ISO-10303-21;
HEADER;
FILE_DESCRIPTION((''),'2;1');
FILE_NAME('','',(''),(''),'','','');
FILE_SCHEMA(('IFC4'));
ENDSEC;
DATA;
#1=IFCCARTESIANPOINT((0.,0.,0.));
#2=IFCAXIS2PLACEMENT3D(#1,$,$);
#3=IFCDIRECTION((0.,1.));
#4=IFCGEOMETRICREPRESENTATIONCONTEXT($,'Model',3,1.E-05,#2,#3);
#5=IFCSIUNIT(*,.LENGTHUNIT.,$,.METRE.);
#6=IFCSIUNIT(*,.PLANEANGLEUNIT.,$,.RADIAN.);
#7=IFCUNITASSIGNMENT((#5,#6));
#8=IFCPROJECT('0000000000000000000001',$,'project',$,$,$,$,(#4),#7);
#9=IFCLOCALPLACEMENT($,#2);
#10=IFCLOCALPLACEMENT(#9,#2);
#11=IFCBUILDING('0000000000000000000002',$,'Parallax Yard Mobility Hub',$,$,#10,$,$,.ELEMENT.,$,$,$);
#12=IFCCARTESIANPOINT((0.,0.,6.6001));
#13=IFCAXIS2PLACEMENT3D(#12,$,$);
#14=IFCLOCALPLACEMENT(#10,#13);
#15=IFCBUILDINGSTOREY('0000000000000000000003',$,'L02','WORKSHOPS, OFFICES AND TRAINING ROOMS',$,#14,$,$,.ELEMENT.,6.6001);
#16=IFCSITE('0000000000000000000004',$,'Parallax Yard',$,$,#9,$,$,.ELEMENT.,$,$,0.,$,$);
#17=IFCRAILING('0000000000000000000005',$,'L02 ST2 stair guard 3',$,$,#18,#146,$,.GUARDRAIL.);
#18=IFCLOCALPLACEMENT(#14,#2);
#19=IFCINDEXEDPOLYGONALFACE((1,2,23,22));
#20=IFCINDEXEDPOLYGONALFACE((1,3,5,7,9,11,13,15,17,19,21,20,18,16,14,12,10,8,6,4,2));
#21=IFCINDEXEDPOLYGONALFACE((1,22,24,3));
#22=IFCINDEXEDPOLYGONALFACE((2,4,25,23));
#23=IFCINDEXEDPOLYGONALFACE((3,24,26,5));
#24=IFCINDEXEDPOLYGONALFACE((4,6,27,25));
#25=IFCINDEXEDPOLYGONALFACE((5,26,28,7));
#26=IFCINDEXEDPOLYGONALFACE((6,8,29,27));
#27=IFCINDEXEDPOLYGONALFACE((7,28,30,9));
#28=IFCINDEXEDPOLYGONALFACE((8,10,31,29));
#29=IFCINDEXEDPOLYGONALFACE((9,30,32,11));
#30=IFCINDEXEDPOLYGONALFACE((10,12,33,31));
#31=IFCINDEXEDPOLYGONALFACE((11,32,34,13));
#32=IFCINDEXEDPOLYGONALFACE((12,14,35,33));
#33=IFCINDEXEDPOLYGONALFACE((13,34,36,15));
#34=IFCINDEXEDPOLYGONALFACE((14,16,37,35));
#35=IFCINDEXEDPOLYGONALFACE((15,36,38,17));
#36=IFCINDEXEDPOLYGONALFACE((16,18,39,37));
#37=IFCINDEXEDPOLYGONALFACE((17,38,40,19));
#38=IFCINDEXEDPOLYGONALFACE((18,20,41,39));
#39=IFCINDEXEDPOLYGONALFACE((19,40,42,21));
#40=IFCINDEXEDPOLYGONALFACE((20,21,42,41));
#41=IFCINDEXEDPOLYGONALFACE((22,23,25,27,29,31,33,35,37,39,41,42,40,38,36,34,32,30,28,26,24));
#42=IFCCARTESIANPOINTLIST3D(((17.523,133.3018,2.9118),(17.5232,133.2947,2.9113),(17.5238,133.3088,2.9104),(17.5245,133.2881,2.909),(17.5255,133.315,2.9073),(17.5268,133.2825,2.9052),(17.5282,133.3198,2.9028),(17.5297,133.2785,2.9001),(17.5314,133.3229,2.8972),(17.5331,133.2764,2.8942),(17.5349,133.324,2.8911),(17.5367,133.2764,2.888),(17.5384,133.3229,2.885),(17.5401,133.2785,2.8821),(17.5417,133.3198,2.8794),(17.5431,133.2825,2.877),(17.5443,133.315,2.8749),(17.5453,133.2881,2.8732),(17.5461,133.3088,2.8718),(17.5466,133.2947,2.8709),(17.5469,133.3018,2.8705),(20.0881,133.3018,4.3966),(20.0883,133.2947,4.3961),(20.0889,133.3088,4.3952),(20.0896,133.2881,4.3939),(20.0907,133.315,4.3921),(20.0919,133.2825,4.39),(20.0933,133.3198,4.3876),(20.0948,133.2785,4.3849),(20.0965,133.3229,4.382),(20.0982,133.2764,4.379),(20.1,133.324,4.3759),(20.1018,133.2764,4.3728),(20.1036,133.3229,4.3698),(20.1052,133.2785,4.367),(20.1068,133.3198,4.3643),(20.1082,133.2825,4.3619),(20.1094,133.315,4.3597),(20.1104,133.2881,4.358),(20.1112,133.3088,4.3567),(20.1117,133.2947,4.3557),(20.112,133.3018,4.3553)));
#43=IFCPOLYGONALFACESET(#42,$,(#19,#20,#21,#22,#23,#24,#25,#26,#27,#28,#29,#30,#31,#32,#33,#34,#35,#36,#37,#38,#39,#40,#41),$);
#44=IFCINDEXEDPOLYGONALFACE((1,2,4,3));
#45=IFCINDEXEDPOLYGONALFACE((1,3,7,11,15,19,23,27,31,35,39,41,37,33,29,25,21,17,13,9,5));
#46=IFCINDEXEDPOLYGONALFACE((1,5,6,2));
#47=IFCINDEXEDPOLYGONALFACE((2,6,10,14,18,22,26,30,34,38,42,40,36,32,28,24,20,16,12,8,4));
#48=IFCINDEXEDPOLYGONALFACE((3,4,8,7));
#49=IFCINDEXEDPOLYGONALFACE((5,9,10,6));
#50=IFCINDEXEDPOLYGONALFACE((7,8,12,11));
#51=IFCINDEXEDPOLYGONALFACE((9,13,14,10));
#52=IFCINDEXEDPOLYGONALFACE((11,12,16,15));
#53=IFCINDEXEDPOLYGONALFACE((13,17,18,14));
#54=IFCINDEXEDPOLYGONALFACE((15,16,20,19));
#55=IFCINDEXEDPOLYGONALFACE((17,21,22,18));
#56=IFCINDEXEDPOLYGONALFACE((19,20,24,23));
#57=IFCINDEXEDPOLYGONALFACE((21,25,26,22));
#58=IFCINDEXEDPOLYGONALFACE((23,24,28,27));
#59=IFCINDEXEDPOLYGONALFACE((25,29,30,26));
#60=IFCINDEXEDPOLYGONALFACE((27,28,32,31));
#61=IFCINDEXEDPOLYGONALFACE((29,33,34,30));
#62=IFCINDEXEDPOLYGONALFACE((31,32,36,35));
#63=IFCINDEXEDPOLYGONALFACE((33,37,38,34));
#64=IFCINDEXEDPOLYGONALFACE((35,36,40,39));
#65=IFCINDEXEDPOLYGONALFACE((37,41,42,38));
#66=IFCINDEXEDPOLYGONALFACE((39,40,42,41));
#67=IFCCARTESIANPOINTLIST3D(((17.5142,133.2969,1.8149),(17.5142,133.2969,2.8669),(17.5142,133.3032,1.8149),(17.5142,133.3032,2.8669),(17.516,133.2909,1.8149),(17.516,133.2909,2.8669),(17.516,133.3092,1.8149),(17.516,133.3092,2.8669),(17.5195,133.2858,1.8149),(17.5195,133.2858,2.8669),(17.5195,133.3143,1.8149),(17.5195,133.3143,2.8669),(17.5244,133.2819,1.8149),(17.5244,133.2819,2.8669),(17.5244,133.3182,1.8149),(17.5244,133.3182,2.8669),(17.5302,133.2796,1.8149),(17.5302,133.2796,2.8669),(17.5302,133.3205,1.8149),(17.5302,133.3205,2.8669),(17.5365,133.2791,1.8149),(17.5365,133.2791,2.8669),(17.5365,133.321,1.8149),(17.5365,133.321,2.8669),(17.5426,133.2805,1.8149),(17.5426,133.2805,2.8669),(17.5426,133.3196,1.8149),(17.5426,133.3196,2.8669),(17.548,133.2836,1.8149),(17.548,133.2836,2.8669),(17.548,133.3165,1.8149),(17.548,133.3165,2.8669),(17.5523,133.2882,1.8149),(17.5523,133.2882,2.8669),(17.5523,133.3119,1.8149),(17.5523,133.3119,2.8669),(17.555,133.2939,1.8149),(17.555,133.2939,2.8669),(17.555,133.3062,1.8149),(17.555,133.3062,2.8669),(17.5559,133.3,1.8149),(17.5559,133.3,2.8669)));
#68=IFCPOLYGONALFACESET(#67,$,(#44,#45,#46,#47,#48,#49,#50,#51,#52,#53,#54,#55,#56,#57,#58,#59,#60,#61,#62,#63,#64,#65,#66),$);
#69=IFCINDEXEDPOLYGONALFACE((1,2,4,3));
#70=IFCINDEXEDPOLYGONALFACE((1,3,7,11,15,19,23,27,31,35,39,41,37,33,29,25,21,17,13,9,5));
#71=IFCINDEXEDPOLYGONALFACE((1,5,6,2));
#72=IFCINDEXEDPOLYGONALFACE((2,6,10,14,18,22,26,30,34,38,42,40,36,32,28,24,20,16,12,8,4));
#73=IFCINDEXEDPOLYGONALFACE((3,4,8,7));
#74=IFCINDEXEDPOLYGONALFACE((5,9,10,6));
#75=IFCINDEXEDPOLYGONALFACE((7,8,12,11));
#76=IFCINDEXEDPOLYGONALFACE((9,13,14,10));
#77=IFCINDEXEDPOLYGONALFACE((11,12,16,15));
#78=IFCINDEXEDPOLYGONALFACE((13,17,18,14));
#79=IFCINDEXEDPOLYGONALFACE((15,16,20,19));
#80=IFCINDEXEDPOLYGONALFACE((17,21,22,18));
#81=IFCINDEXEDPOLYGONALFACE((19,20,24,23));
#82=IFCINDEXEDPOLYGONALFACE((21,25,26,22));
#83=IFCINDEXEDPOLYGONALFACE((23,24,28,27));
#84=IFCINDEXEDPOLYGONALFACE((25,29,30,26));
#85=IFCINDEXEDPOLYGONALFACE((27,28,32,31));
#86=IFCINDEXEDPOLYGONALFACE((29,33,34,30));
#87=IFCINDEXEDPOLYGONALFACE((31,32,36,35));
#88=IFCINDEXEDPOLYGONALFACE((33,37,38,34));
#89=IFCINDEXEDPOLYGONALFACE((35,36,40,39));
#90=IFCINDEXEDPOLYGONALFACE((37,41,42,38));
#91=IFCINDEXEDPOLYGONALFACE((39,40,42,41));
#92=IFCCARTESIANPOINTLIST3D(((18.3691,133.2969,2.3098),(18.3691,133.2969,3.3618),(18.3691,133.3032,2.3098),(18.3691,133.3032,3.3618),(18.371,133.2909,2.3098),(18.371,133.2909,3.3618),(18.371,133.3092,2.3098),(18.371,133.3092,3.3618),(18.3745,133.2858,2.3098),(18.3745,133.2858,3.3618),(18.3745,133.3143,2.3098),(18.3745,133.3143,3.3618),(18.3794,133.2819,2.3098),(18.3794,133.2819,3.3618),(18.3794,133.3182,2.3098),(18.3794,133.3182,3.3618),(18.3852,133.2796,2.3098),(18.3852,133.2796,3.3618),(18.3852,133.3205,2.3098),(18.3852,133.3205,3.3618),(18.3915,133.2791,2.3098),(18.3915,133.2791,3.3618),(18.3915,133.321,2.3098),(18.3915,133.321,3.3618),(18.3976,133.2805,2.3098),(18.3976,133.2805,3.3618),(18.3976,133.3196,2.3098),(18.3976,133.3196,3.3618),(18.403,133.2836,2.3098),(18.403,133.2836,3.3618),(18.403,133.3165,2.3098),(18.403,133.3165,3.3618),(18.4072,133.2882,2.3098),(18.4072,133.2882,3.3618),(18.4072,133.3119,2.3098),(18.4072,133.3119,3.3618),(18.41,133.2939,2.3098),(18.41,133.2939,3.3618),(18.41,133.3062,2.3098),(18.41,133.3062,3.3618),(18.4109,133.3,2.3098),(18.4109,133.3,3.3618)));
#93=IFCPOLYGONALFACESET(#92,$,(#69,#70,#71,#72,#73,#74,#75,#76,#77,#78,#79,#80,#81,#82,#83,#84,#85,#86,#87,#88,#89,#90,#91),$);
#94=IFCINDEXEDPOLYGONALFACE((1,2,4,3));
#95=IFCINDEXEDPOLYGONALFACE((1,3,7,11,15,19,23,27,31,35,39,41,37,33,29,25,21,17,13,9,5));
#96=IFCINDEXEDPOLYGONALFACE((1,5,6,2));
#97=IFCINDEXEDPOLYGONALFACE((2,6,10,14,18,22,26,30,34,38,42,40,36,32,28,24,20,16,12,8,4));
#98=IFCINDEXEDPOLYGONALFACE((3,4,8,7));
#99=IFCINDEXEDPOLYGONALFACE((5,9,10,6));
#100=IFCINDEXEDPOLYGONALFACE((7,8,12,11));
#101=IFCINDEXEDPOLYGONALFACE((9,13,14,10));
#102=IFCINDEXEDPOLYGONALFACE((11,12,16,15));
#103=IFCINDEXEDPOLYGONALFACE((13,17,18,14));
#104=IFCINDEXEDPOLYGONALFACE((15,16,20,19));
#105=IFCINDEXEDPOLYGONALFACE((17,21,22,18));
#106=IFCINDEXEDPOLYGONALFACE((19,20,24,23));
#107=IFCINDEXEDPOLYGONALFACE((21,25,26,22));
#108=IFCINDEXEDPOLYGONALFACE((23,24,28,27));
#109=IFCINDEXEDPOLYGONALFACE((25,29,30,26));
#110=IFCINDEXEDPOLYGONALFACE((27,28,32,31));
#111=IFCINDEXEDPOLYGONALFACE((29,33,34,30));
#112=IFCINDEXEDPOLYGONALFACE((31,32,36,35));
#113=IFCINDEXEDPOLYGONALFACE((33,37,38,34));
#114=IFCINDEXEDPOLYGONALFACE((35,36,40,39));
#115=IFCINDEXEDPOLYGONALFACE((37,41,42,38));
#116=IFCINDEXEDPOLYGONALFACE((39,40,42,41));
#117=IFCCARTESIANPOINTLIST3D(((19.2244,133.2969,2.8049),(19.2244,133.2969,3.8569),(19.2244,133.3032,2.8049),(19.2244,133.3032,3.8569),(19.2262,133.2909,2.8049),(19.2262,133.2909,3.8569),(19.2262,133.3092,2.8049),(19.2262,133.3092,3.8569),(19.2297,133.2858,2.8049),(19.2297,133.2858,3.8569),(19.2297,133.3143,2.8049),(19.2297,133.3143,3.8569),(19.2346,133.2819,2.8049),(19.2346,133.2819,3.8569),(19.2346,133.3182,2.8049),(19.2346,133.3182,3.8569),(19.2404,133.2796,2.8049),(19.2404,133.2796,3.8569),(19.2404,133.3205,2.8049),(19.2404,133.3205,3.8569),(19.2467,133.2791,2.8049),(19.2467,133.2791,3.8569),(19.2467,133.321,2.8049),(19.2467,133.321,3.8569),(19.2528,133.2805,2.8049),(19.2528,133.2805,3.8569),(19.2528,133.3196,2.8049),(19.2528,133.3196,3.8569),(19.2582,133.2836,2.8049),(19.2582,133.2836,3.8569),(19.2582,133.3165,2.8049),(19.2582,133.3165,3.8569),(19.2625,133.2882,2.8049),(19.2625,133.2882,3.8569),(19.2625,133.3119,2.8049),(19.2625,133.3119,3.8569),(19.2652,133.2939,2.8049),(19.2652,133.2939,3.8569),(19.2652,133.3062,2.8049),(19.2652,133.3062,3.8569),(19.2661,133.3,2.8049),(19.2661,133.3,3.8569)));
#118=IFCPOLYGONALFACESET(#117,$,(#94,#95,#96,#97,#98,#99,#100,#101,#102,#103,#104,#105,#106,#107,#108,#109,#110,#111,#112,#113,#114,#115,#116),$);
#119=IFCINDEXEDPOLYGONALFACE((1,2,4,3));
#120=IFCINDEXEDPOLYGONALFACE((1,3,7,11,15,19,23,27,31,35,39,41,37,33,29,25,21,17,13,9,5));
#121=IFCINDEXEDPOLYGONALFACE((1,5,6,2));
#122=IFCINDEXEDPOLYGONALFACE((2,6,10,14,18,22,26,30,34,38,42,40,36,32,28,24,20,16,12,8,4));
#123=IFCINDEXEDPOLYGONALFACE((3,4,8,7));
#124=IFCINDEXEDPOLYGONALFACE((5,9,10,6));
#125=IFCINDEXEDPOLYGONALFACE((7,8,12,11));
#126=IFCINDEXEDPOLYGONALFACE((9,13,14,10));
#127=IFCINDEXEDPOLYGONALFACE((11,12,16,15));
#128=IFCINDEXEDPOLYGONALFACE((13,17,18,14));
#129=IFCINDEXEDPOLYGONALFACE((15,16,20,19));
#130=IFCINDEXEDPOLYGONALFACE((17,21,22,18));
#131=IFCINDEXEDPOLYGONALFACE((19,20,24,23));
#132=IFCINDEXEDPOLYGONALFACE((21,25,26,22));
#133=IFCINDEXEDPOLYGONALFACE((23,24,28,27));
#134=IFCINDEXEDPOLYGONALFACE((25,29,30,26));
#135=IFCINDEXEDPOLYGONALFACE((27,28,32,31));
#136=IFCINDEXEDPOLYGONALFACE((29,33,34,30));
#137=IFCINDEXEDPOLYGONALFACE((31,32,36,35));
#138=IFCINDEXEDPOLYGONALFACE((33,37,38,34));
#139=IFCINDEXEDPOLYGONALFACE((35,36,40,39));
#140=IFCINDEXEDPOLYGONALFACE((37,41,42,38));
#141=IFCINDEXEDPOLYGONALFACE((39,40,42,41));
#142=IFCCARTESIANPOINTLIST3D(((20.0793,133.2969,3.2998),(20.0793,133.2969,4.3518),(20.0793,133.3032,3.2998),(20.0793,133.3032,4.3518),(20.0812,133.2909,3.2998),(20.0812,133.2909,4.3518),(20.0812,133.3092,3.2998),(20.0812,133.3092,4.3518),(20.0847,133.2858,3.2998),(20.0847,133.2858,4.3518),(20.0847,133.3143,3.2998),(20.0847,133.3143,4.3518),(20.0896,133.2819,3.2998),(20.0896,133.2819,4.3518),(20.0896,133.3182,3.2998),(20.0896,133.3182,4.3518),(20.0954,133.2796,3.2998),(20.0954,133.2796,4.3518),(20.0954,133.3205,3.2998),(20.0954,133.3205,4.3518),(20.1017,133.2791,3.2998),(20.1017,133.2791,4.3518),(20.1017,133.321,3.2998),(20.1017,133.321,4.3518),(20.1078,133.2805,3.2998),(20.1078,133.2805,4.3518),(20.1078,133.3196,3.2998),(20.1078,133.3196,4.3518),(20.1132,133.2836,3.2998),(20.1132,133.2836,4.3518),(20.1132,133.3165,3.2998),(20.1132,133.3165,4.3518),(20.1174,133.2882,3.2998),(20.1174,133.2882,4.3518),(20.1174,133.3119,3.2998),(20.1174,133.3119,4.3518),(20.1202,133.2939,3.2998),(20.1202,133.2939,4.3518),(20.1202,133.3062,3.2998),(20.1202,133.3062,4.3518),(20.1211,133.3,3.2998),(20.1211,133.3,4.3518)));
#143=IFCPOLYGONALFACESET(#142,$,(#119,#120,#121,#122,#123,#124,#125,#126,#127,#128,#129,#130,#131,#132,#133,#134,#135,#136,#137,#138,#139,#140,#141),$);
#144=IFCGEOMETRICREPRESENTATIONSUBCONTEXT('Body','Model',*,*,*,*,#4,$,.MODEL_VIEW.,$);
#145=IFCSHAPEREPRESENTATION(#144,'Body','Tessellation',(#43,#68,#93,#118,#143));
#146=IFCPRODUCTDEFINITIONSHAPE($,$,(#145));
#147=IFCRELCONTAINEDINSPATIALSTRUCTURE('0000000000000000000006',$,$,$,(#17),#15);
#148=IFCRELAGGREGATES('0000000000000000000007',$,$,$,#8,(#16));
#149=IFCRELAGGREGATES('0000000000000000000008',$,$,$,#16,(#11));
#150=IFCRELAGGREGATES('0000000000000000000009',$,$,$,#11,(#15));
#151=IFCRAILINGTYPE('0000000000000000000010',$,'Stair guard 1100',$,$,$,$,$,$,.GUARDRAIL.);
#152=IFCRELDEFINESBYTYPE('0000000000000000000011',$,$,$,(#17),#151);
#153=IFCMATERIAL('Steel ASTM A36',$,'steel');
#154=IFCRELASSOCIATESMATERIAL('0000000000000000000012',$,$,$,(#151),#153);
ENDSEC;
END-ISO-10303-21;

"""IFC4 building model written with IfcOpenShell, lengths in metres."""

from ifc_helpers import new_model, si_unit, direction, frame, origin, origin_2d, place, context, subcontext, project, spatial, circle, extrude, material, type_object, element, save


model = new_model("IFC4")

# Units and contexts
model_context = context("Model", 3, precision=1e-05, world=origin(), true_north=direction((0.0, 1.0)))
body_context = subcontext(model_context, "Body", "Model", "MODEL_VIEW")
ifc_project = project(units=[si_unit("LENGTHUNIT", "METRE"), si_unit("PLANEANGLEUNIT", "RADIAN")], contexts=[model_context])

# Site, building, storey
site_placement = place(None, origin())
site = spatial("IfcSite", under=ifc_project, at=site_placement, Name="Parallax Yard", CompositionType="ELEMENT", RefElevation=0.0)
building_placement = place(site_placement, origin())
building = spatial("IfcBuilding", under=site, at=building_placement, Name="Parallax Yard Mobility Hub", CompositionType="ELEMENT")
storey_placement = place(building_placement, frame((0.0, 0.0, 6.6001)))
storey = spatial("IfcBuildingStorey", under=building, at=storey_placement, Name="L02", Description="WORKSHOPS, OFFICES AND TRAINING ROOMS", CompositionType="ELEMENT", Elevation=6.6001)

# Railing
ifc_material_1 = material(Name="Steel ASTM A36", Category="steel")
railing_type_1 = type_object("IfcRailingType", Name="Stair guard 1100", PredefinedType="GUARDRAIL", material=ifc_material_1)
railing_1_placement = place(storey_placement, frame((17.5349, 133.3, 1.8149)))
element("IfcRailing", 1, at=railing_1_placement, inside=storey, type_object=railing_type_1, Name="L02 ST2 stair guard 3", PredefinedType="GUARDRAIL", context=body_context, shape_type="SweptSolid", body=[
    extrude(circle(Radius=0.0239, at=origin_2d()), frame((0.0, 0.0, 1.0762), z_axis=(0.865462, 0.0, 0.500975), x_axis=(0.0, 1.0, 0.0)), (0.0, 0.0, 1.0), 2.9639),
    extrude(circle(Radius=0.021, at=origin_2d()), origin(), (0.0, 0.0, 1.0), 1.052),
    extrude(circle(Radius=0.021, at=origin_2d()), frame((0.855, 0.0, 0.4949)), (0.0, 0.0, 1.0), 1.052),
    extrude(circle(Radius=0.021, at=origin_2d()), frame((1.7102, 0.0, 0.99)), (0.0, 0.0, 1.0), 1.052),
    extrude(circle(Radius=0.021, at=origin_2d()), frame((2.5652, 0.0, 1.4849)), (0.0, 0.0, 1.0), 1.052),
])

save(model, "model.ifc")
